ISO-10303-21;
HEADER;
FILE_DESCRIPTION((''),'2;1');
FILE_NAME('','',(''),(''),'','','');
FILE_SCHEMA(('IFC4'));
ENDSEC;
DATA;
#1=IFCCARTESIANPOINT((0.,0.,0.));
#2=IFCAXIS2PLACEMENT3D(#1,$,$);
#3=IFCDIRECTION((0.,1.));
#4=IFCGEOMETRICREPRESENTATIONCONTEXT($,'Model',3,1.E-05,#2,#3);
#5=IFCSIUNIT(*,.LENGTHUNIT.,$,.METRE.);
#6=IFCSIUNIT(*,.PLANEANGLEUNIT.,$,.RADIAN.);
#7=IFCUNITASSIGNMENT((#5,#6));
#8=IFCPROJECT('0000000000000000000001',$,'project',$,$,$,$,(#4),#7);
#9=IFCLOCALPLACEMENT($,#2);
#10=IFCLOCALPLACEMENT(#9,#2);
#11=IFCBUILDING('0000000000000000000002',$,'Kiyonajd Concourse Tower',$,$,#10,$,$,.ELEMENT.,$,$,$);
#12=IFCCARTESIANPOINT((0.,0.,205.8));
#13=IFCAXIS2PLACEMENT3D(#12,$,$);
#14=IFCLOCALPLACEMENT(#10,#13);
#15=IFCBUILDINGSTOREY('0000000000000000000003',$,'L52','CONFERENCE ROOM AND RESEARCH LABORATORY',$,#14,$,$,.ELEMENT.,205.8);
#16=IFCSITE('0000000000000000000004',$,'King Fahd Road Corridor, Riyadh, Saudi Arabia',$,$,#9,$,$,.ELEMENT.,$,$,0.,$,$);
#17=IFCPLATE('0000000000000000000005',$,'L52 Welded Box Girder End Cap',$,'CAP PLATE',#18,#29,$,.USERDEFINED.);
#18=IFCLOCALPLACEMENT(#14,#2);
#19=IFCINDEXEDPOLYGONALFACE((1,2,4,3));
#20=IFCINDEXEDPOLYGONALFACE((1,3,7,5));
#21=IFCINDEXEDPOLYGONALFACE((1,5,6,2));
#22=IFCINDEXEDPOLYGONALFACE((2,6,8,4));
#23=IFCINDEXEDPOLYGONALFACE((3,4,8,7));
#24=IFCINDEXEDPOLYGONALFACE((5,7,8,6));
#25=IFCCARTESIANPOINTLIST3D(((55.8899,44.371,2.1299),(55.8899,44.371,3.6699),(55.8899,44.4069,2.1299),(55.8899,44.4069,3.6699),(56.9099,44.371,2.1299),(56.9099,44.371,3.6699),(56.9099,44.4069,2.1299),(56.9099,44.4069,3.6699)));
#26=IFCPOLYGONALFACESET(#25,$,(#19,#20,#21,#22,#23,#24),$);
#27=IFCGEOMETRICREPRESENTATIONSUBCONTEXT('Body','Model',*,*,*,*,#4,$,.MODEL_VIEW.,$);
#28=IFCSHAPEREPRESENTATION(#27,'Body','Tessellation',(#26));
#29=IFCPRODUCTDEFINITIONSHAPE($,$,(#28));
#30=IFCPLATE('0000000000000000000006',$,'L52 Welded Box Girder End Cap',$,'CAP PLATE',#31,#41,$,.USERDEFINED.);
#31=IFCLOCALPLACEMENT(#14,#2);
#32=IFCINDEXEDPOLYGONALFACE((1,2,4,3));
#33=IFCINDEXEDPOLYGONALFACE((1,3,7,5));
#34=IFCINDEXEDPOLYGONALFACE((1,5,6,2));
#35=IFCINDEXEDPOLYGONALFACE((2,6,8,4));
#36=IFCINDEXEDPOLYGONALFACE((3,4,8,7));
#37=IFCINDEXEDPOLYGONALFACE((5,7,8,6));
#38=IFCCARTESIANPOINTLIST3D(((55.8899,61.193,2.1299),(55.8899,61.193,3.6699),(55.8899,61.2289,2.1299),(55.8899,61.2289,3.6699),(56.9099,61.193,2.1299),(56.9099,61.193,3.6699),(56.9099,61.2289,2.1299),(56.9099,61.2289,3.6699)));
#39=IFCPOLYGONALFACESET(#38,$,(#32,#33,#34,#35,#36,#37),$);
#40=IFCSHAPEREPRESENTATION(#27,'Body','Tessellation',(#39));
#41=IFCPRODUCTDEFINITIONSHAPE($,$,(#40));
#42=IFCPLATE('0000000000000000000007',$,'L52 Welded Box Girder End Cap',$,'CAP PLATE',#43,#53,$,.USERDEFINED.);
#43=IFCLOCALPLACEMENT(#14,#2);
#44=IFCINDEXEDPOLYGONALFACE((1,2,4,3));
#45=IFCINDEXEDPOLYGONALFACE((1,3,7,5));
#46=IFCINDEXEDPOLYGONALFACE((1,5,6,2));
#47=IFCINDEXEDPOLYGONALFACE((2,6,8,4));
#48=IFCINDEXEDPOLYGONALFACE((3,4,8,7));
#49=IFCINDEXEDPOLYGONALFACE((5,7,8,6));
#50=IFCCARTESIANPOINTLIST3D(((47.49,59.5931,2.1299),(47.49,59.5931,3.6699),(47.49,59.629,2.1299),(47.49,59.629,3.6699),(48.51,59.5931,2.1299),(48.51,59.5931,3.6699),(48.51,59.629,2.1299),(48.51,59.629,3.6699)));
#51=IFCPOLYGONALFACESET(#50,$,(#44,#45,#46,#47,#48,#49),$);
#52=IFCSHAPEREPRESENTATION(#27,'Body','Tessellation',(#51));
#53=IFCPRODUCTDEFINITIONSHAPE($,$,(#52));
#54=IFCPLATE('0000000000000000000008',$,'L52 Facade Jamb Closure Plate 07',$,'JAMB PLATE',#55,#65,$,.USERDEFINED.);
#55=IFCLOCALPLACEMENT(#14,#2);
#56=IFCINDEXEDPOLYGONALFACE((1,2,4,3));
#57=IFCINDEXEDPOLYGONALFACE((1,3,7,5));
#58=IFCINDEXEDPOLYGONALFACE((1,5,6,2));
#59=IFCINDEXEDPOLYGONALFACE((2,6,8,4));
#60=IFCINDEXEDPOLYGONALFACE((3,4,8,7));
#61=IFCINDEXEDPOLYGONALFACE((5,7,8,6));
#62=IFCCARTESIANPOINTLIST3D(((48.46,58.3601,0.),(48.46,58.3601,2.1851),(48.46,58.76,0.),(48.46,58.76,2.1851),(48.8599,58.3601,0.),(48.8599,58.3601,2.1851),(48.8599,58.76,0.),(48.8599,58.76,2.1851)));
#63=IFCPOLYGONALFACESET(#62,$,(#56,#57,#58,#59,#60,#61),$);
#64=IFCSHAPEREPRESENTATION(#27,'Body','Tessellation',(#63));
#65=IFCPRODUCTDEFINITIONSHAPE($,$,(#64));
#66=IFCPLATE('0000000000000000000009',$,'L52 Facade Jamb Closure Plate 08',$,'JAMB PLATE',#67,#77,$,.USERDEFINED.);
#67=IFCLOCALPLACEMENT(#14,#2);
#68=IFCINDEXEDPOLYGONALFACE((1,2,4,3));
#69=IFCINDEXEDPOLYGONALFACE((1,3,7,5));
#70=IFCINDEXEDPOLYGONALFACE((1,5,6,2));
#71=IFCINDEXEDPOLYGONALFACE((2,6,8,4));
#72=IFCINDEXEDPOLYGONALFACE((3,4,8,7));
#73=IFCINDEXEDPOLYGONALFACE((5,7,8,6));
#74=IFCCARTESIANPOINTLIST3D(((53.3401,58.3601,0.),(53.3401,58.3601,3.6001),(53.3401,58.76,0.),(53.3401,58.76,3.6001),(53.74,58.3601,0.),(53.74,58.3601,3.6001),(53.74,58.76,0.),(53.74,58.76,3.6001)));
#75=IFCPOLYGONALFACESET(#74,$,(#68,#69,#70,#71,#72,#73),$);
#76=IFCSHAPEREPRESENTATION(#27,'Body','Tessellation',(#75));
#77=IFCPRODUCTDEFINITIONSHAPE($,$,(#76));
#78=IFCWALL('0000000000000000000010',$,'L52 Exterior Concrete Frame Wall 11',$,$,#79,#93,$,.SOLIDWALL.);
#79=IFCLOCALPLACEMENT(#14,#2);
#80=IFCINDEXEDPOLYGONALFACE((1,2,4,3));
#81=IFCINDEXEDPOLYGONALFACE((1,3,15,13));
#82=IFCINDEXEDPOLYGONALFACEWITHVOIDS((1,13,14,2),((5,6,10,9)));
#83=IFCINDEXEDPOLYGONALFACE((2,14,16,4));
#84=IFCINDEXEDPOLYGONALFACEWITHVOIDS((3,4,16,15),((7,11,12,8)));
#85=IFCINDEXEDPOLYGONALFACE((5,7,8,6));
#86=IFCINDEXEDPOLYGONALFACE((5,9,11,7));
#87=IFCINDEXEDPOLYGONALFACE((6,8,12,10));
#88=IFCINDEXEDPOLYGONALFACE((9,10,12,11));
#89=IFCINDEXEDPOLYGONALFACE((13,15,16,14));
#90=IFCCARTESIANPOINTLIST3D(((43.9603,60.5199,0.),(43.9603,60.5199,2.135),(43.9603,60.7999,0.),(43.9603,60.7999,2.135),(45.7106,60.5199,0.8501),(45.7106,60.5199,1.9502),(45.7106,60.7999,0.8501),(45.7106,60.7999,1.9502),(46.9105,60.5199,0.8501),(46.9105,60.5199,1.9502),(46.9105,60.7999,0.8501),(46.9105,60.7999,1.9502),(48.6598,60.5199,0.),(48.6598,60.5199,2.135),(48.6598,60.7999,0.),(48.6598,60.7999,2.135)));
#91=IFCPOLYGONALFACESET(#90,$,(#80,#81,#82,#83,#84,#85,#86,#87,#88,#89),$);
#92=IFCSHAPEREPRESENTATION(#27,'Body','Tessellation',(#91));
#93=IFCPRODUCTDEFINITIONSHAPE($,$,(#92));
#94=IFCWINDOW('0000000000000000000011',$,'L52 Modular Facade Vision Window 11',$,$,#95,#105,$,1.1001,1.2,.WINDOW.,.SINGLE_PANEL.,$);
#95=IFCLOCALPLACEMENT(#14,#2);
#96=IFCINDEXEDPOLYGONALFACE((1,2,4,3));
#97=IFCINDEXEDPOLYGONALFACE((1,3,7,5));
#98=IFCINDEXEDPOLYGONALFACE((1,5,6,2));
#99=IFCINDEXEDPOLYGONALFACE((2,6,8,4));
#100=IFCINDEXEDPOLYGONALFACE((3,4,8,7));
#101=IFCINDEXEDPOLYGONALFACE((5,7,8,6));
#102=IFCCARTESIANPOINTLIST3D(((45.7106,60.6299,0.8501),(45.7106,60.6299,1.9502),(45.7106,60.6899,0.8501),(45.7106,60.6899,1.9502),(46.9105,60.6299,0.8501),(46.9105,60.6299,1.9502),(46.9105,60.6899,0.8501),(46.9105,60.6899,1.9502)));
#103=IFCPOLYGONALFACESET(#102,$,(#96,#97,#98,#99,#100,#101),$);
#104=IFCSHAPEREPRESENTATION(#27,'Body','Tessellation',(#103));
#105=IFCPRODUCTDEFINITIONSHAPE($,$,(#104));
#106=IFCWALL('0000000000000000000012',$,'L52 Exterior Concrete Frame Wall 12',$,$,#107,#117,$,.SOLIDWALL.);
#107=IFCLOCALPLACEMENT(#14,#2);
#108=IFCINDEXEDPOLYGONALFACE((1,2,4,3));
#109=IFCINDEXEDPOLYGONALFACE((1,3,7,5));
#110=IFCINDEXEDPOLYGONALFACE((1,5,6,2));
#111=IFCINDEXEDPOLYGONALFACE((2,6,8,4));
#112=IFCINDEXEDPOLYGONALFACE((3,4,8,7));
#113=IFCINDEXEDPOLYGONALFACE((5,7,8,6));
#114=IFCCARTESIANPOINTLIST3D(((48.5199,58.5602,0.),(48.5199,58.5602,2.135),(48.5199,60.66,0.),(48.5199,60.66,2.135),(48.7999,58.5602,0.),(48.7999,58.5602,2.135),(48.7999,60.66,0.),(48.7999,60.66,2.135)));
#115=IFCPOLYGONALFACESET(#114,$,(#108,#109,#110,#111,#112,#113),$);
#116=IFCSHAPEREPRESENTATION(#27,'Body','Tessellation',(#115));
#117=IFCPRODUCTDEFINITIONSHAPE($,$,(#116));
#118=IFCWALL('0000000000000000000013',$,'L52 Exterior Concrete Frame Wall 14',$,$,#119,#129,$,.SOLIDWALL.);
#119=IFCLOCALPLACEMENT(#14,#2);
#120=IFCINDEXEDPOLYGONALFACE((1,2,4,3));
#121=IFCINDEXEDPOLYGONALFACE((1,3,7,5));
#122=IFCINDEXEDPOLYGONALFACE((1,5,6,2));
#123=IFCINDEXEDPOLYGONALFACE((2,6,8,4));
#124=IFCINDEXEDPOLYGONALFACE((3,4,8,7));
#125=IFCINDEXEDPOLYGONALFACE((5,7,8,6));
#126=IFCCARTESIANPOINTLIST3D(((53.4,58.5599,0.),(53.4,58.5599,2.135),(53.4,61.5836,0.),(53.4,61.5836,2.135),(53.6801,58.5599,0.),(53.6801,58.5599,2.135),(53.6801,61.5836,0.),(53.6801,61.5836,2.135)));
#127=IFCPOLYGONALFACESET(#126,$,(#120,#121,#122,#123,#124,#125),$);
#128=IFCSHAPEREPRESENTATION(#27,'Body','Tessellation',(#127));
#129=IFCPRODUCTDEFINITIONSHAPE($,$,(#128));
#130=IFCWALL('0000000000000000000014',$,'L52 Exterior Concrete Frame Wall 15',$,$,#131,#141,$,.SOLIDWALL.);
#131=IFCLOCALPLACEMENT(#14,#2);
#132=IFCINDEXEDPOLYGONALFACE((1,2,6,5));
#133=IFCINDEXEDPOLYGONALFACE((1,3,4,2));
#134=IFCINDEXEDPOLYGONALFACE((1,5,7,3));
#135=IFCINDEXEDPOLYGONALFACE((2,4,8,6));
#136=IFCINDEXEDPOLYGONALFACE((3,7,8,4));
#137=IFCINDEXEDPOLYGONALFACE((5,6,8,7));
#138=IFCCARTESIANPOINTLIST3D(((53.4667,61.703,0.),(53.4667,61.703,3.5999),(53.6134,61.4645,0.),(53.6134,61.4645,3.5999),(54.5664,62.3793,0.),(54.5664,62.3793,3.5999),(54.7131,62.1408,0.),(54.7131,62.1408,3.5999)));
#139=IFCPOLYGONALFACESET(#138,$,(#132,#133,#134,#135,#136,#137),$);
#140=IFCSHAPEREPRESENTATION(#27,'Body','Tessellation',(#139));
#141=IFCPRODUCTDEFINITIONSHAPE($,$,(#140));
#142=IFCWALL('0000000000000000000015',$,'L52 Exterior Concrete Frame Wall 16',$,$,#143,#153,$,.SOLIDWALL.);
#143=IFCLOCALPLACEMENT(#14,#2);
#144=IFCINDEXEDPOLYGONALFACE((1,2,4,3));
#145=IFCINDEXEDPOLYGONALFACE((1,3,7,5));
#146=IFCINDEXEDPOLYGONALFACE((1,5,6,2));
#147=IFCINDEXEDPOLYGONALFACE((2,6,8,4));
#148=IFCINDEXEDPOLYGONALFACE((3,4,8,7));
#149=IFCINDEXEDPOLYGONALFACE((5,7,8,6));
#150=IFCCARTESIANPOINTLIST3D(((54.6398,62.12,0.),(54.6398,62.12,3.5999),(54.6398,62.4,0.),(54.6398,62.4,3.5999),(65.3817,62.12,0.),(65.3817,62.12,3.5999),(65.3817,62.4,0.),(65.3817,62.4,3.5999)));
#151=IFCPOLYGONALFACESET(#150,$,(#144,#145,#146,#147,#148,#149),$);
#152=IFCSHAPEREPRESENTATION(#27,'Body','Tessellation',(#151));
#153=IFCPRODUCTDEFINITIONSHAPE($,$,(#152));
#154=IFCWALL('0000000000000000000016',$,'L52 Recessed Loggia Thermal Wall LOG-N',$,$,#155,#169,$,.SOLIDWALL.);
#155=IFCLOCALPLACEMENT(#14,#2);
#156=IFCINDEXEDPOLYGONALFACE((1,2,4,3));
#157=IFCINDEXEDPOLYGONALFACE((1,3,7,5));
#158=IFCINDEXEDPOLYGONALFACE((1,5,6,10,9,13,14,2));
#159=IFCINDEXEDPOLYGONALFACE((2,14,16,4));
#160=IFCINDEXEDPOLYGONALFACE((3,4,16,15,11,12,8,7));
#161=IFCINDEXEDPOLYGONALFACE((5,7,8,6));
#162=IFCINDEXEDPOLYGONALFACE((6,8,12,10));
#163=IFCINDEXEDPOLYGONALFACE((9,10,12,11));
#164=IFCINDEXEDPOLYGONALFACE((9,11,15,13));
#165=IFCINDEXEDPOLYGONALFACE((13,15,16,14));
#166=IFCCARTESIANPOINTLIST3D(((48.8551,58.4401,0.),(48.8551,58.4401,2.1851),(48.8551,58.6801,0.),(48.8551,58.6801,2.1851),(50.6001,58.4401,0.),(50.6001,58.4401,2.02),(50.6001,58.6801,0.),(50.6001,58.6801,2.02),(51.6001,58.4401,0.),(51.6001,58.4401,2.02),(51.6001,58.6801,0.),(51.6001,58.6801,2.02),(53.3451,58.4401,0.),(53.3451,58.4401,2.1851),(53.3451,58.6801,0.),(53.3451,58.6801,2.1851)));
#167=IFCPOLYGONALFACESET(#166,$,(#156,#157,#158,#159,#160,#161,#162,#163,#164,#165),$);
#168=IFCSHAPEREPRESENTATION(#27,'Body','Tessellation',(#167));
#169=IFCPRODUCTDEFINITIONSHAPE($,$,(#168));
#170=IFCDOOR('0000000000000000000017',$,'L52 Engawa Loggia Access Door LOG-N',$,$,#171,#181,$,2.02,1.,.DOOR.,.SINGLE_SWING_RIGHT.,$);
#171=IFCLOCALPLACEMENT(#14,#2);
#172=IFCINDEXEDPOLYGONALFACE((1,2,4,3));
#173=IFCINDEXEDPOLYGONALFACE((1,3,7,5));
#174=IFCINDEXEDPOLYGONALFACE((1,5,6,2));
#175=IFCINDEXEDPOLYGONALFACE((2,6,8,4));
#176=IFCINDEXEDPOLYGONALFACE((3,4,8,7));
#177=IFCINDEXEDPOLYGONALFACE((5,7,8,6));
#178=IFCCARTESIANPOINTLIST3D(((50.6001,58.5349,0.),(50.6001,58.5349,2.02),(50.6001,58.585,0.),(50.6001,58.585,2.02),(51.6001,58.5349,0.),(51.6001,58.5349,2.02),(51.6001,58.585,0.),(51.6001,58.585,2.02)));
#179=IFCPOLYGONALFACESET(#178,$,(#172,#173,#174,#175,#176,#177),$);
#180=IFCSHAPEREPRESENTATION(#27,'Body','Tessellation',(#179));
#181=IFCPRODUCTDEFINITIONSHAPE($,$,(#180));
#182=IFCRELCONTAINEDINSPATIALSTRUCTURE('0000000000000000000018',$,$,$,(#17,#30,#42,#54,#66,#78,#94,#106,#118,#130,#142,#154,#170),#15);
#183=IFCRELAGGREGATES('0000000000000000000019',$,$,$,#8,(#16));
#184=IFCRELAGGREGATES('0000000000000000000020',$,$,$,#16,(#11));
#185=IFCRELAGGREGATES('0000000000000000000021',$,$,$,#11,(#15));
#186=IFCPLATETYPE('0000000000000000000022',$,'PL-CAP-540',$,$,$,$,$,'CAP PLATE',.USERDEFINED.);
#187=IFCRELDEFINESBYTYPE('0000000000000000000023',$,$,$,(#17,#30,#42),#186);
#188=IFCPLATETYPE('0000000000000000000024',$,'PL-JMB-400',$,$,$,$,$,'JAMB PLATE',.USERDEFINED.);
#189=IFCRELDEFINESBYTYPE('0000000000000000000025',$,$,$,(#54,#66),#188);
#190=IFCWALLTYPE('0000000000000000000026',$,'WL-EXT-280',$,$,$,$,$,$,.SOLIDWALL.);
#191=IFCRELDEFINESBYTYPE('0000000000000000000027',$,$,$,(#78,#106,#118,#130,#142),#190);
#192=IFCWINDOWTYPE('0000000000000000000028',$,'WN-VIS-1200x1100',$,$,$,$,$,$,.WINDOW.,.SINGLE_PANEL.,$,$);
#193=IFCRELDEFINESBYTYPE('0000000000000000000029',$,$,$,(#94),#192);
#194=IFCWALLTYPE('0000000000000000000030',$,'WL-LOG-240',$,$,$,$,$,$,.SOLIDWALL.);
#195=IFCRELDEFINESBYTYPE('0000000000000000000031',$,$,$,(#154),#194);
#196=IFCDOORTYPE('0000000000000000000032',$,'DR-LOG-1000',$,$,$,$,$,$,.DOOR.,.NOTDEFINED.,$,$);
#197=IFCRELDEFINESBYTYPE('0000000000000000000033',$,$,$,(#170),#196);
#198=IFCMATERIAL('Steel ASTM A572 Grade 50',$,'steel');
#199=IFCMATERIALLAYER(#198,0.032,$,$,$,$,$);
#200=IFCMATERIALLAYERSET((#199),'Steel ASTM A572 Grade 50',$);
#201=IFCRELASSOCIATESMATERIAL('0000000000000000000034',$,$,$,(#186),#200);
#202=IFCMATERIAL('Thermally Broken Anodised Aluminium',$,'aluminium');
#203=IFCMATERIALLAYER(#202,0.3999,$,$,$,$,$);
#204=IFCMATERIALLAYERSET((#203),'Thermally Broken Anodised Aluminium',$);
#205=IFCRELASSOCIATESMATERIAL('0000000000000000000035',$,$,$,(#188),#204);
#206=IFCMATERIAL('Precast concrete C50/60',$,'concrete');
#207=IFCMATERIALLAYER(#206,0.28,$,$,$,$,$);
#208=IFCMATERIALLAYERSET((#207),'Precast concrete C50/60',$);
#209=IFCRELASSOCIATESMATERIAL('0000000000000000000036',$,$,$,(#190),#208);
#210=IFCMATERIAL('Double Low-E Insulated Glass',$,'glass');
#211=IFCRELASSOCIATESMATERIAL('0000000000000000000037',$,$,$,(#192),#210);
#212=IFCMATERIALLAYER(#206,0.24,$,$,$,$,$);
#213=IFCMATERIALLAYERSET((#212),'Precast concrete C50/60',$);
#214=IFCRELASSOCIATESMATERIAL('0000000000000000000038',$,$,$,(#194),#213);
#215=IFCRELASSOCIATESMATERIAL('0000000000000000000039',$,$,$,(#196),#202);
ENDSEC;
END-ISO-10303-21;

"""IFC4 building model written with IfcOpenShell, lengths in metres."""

from ifc_helpers import new_model, si_unit, direction, frame, frame_2d, origin, origin_2d, place, context, subcontext, project, spatial, rectangle, extrude, material, layer, layer_set, type_object, element, fill, save


model = new_model("IFC4")

# Units and contexts
model_context = context("Model", 3, precision=1e-05, world=origin(), true_north=direction((0.0, 1.0)))
body_context = subcontext(model_context, "Body", "Model", "MODEL_VIEW")
ifc_project = project(units=[si_unit("LENGTHUNIT", "METRE"), si_unit("PLANEANGLEUNIT", "RADIAN")], contexts=[model_context])

# Site, building, storey
site_placement = place(None, origin())
site = spatial("IfcSite", under=ifc_project, at=site_placement, Name="King Fahd Road Corridor, Riyadh, Saudi Arabia", CompositionType="ELEMENT", RefElevation=0.0)
building_placement = place(site_placement, origin())
building = spatial("IfcBuilding", under=site, at=building_placement, Name="Kiyonajd Concourse Tower", CompositionType="ELEMENT")
storey_placement = place(building_placement, frame((0.0, 0.0, 205.8)))
storey = spatial("IfcBuildingStorey", under=building, at=storey_placement, Name="L52", Description="CONFERENCE ROOM AND RESEARCH LABORATORY", CompositionType="ELEMENT", Elevation=205.8)

# Shared definitions
ifc_material_1 = material(Name="Steel ASTM A572 Grade 50", Category="steel")

# Plates
ifc_layer_1 = layer(ifc_material_1, 0.032)
ifc_layer_set_1 = layer_set([ifc_layer_1], Name="Steel ASTM A572 Grade 50")
plate_type_1 = type_object("IfcPlateType", Name="PL-CAP-540", ElementType="CAP PLATE", PredefinedType="USERDEFINED", material=ifc_layer_set_1)
for number, where, z_axis, x_axis, name in (
    (1, (56.3999, 44.3889, 2.1299), (0.0, 0.0, 1.0), (0.0, -1.0, 0.0), "L52 Welded Box Girder End Cap"),
    (2, (56.3999, 61.2109, 2.1299), (0.0, 0.0, 1.0), (0.0, 1.0, 0.0), "L52 Welded Box Girder End Cap"),
    (3, (48.0, 59.6111, 2.1299), (0.0, 0.0, 1.0), (0.0, 1.0, 0.0), "L52 Welded Box Girder End Cap"),
):
    element("IfcPlate", number, at=place(storey_placement, frame(where, z_axis=z_axis, x_axis=x_axis)), inside=storey, type_object=plate_type_1, Name=name, ObjectType="CAP PLATE", PredefinedType="USERDEFINED", context=body_context, shape_type="SweptSolid", body=[
        extrude(rectangle(XDim=0.0359, YDim=1.02, at=origin_2d()), origin(), (0.0, 0.0, 1.0), 1.54),
    ])
ifc_material_2 = material(Name="Thermally Broken Anodised Aluminium", Category="aluminium")
ifc_layer_2 = layer(ifc_material_2, 0.3999)
ifc_layer_set_2 = layer_set([ifc_layer_2], Name="Thermally Broken Anodised Aluminium")
plate_type_2 = type_object("IfcPlateType", Name="PL-JMB-400", ElementType="JAMB PLATE", PredefinedType="USERDEFINED", material=ifc_layer_set_2)
plate_1_placement = place(storey_placement, frame((48.6599, 58.5601, 0.0), z_axis=(0.0, 0.0, 1.0), x_axis=(1.0, 0.0, 0.0)))
element("IfcPlate", 4, at=plate_1_placement, inside=storey, type_object=plate_type_2, Name="L52 Facade Jamb Closure Plate 07", ObjectType="JAMB PLATE", PredefinedType="USERDEFINED", context=body_context, shape_type="SweptSolid", body=[
    extrude(rectangle(XDim=0.3999, YDim=0.3999, at=origin_2d()), origin(), (0.0, 0.0, 1.0), 2.1851),
])
plate_2_placement = place(storey_placement, frame((53.54, 58.5601, 0.0), z_axis=(0.0, 0.0, 1.0), x_axis=(1.0, 0.0, 0.0)))
element("IfcPlate", 5, at=plate_2_placement, inside=storey, type_object=plate_type_2, Name="L52 Facade Jamb Closure Plate 08", ObjectType="JAMB PLATE", PredefinedType="USERDEFINED", context=body_context, shape_type="SweptSolid", body=[
    extrude(rectangle(XDim=0.3999, YDim=0.3999, at=origin_2d()), origin(), (0.0, 0.0, 1.0), 3.6001),
])

# Wall, opening, window
ifc_material_3 = material(Name="Precast concrete C50/60", Category="concrete")
ifc_layer_3 = layer(ifc_material_3, 0.28)
ifc_layer_set_3 = layer_set([ifc_layer_3], Name="Precast concrete C50/60")
wall_type_1 = type_object("IfcWallType", Name="WL-EXT-280", PredefinedType="SOLIDWALL", material=ifc_layer_set_3)
wall_1_placement = place(storey_placement, frame((43.9604, 60.6599, 0.0), z_axis=(0.0, 0.0, 1.0), x_axis=(1.0, 0.0, 0.0)))
wall_1 = element("IfcWall", 6, at=wall_1_placement, inside=storey, type_object=wall_type_1, Name="L52 Exterior Concrete Frame Wall 11", PredefinedType="SOLIDWALL", context=body_context, shape_type="SweptSolid", body=[
    extrude(rectangle(XDim=4.6995, YDim=0.28, at=frame_2d((2.3496, 0.0))), origin(), (0.0, 0.0, 1.0), 2.135),
])
opening_1_placement = place(wall_1_placement, frame((1.75, 0.0, 0.8501)))
opening_1 = element("IfcOpeningElement", 7, at=opening_1_placement, cuts=wall_1, PredefinedType="OPENING", context=body_context, shape_type="SweptSolid", body=[
    extrude(rectangle(XDim=1.2, YDim=1.1001, at=frame_2d((0.6001, 0.55))), frame((0.0, 0.1499, 0.0), z_axis=(0.0, -1.0, 0.0), x_axis=(1.0, 0.0, 0.0)), (0.0, 0.0, 1.0), 0.3),
])
ifc_material_4 = material(Name="Double Low-E Insulated Glass", Category="glass")
window_type = type_object("IfcWindowType", Name="WN-VIS-1200x1100", PartitioningType="SINGLE_PANEL", PredefinedType="WINDOW", material=ifc_material_4)
window_placement = place(opening_1_placement, origin())
window = element("IfcWindow", 8, at=window_placement, inside=storey, type_object=window_type, Name="L52 Modular Facade Vision Window 11", OverallHeight=1.1001, OverallWidth=1.2, PartitioningType="SINGLE_PANEL", PredefinedType="WINDOW", context=body_context, shape_type="SweptSolid", body=[
    extrude(rectangle(XDim=1.2, YDim=1.1001, at=frame_2d((0.6001, 0.55))), frame((0.0, 0.03, 0.0), z_axis=(0.0, -1.0, 0.0), x_axis=(1.0, 0.0, 0.0)), (0.0, 0.0, 1.0), 0.0601),
])
fill(opening_1, window)

# Walls
wall_2_placement = place(storey_placement, frame((48.6599, 60.6599, 0.0), z_axis=(0.0, 0.0, 1.0), x_axis=(0.0, -1.0, 0.0)))
element("IfcWall", 9, at=wall_2_placement, inside=storey, type_object=wall_type_1, Name="L52 Exterior Concrete Frame Wall 12", PredefinedType="SOLIDWALL", context=body_context, shape_type="SweptSolid", body=[
    extrude(rectangle(XDim=2.0999, YDim=0.28, at=frame_2d((1.0498, 0.0))), origin(), (0.0, 0.0, 1.0), 2.135),
])
wall_3_placement = place(storey_placement, frame((53.54, 58.5601, 0.0), z_axis=(0.0, 0.0, 1.0), x_axis=(0.0, 1.0, 0.0)))
element("IfcWall", 10, at=wall_3_placement, inside=storey, type_object=wall_type_1, Name="L52 Exterior Concrete Frame Wall 14", PredefinedType="SOLIDWALL", context=body_context, shape_type="SweptSolid", body=[
    extrude(rectangle(XDim=3.0237, YDim=0.28, at=frame_2d((1.5117, 0.0))), origin(), (0.0, 0.0, 1.0), 2.135),
])
wall_4_placement = place(storey_placement, frame((53.54, 61.5837, 0.0), z_axis=(0.0, 0.0, 1.0), x_axis=(0.851801, 0.523865, 0.0)))
element("IfcWall", 11, at=wall_4_placement, inside=storey, type_object=wall_type_1, Name="L52 Exterior Concrete Frame Wall 15", PredefinedType="SOLIDWALL", context=body_context, shape_type="SweptSolid", body=[
    extrude(rectangle(XDim=1.291, YDim=0.28, at=frame_2d((0.6455, 0.0))), origin(), (0.0, 0.0, 1.0), 3.5999),
])
wall_5_placement = place(storey_placement, frame((54.6396, 62.26, 0.0), z_axis=(0.0, 0.0, 1.0), x_axis=(1.0, 0.0, 0.0)))
element("IfcWall", 12, at=wall_5_placement, inside=storey, type_object=wall_type_1, Name="L52 Exterior Concrete Frame Wall 16", PredefinedType="SOLIDWALL", context=body_context, shape_type="SweptSolid", body=[
    extrude(rectangle(XDim=10.7419, YDim=0.28, at=frame_2d((5.3711, 0.0))), origin(), (0.0, 0.0, 1.0), 3.5999),
])

# Wall, opening, door
ifc_layer_4 = layer(ifc_material_3, 0.24)
ifc_layer_set_4 = layer_set([ifc_layer_4], Name="Precast concrete C50/60")
wall_type_2 = type_object("IfcWallType", Name="WL-LOG-240", PredefinedType="SOLIDWALL", material=ifc_layer_set_4)
wall_6_placement = place(storey_placement, frame((48.855, 58.5601, 0.0), z_axis=(0.0, 0.0, 1.0), x_axis=(1.0, 0.0, 0.0)))
wall_6 = element("IfcWall", 13, at=wall_6_placement, inside=storey, type_object=wall_type_2, Name="L52 Recessed Loggia Thermal Wall LOG-N", PredefinedType="SOLIDWALL", context=body_context, shape_type="SweptSolid", body=[
    extrude(rectangle(XDim=4.49, YDim=0.24, at=frame_2d((2.2451, 0.0))), origin(), (0.0, 0.0, 1.0), 2.1851),
])
opening_2_placement = place(wall_6_placement, frame((1.7451, 0.0, 0.0)))
opening_2 = element("IfcOpeningElement", 14, at=opening_2_placement, cuts=wall_6, PredefinedType="OPENING", context=body_context, shape_type="SweptSolid", body=[
    extrude(rectangle(XDim=1.0, YDim=2.02, at=frame_2d((0.5, 1.01))), frame((0.0, 0.1299, 0.0), z_axis=(0.0, -1.0, 0.0), x_axis=(1.0, 0.0, 0.0)), (0.0, 0.0, 1.0), 0.26),
])
door_type = type_object("IfcDoorType", Name="DR-LOG-1000", OperationType="NOTDEFINED", PredefinedType="DOOR", material=ifc_material_2)
door_placement = place(opening_2_placement, origin())
door = element("IfcDoor", 15, at=door_placement, inside=storey, type_object=door_type, Name="L52 Engawa Loggia Access Door LOG-N", OperationType="SINGLE_SWING_RIGHT", OverallHeight=2.02, OverallWidth=1.0, PredefinedType="DOOR", context=body_context, shape_type="SweptSolid", body=[
    extrude(rectangle(XDim=1.0, YDim=2.02, at=frame_2d((0.5, 1.01))), frame((0.0, 0.0249, 0.0), z_axis=(0.0, -1.0, 0.0), x_axis=(1.0, 0.0, 0.0)), (0.0, 0.0, 1.0), 0.05),
])
fill(opening_2, door)

save(model, "model.ifc")
